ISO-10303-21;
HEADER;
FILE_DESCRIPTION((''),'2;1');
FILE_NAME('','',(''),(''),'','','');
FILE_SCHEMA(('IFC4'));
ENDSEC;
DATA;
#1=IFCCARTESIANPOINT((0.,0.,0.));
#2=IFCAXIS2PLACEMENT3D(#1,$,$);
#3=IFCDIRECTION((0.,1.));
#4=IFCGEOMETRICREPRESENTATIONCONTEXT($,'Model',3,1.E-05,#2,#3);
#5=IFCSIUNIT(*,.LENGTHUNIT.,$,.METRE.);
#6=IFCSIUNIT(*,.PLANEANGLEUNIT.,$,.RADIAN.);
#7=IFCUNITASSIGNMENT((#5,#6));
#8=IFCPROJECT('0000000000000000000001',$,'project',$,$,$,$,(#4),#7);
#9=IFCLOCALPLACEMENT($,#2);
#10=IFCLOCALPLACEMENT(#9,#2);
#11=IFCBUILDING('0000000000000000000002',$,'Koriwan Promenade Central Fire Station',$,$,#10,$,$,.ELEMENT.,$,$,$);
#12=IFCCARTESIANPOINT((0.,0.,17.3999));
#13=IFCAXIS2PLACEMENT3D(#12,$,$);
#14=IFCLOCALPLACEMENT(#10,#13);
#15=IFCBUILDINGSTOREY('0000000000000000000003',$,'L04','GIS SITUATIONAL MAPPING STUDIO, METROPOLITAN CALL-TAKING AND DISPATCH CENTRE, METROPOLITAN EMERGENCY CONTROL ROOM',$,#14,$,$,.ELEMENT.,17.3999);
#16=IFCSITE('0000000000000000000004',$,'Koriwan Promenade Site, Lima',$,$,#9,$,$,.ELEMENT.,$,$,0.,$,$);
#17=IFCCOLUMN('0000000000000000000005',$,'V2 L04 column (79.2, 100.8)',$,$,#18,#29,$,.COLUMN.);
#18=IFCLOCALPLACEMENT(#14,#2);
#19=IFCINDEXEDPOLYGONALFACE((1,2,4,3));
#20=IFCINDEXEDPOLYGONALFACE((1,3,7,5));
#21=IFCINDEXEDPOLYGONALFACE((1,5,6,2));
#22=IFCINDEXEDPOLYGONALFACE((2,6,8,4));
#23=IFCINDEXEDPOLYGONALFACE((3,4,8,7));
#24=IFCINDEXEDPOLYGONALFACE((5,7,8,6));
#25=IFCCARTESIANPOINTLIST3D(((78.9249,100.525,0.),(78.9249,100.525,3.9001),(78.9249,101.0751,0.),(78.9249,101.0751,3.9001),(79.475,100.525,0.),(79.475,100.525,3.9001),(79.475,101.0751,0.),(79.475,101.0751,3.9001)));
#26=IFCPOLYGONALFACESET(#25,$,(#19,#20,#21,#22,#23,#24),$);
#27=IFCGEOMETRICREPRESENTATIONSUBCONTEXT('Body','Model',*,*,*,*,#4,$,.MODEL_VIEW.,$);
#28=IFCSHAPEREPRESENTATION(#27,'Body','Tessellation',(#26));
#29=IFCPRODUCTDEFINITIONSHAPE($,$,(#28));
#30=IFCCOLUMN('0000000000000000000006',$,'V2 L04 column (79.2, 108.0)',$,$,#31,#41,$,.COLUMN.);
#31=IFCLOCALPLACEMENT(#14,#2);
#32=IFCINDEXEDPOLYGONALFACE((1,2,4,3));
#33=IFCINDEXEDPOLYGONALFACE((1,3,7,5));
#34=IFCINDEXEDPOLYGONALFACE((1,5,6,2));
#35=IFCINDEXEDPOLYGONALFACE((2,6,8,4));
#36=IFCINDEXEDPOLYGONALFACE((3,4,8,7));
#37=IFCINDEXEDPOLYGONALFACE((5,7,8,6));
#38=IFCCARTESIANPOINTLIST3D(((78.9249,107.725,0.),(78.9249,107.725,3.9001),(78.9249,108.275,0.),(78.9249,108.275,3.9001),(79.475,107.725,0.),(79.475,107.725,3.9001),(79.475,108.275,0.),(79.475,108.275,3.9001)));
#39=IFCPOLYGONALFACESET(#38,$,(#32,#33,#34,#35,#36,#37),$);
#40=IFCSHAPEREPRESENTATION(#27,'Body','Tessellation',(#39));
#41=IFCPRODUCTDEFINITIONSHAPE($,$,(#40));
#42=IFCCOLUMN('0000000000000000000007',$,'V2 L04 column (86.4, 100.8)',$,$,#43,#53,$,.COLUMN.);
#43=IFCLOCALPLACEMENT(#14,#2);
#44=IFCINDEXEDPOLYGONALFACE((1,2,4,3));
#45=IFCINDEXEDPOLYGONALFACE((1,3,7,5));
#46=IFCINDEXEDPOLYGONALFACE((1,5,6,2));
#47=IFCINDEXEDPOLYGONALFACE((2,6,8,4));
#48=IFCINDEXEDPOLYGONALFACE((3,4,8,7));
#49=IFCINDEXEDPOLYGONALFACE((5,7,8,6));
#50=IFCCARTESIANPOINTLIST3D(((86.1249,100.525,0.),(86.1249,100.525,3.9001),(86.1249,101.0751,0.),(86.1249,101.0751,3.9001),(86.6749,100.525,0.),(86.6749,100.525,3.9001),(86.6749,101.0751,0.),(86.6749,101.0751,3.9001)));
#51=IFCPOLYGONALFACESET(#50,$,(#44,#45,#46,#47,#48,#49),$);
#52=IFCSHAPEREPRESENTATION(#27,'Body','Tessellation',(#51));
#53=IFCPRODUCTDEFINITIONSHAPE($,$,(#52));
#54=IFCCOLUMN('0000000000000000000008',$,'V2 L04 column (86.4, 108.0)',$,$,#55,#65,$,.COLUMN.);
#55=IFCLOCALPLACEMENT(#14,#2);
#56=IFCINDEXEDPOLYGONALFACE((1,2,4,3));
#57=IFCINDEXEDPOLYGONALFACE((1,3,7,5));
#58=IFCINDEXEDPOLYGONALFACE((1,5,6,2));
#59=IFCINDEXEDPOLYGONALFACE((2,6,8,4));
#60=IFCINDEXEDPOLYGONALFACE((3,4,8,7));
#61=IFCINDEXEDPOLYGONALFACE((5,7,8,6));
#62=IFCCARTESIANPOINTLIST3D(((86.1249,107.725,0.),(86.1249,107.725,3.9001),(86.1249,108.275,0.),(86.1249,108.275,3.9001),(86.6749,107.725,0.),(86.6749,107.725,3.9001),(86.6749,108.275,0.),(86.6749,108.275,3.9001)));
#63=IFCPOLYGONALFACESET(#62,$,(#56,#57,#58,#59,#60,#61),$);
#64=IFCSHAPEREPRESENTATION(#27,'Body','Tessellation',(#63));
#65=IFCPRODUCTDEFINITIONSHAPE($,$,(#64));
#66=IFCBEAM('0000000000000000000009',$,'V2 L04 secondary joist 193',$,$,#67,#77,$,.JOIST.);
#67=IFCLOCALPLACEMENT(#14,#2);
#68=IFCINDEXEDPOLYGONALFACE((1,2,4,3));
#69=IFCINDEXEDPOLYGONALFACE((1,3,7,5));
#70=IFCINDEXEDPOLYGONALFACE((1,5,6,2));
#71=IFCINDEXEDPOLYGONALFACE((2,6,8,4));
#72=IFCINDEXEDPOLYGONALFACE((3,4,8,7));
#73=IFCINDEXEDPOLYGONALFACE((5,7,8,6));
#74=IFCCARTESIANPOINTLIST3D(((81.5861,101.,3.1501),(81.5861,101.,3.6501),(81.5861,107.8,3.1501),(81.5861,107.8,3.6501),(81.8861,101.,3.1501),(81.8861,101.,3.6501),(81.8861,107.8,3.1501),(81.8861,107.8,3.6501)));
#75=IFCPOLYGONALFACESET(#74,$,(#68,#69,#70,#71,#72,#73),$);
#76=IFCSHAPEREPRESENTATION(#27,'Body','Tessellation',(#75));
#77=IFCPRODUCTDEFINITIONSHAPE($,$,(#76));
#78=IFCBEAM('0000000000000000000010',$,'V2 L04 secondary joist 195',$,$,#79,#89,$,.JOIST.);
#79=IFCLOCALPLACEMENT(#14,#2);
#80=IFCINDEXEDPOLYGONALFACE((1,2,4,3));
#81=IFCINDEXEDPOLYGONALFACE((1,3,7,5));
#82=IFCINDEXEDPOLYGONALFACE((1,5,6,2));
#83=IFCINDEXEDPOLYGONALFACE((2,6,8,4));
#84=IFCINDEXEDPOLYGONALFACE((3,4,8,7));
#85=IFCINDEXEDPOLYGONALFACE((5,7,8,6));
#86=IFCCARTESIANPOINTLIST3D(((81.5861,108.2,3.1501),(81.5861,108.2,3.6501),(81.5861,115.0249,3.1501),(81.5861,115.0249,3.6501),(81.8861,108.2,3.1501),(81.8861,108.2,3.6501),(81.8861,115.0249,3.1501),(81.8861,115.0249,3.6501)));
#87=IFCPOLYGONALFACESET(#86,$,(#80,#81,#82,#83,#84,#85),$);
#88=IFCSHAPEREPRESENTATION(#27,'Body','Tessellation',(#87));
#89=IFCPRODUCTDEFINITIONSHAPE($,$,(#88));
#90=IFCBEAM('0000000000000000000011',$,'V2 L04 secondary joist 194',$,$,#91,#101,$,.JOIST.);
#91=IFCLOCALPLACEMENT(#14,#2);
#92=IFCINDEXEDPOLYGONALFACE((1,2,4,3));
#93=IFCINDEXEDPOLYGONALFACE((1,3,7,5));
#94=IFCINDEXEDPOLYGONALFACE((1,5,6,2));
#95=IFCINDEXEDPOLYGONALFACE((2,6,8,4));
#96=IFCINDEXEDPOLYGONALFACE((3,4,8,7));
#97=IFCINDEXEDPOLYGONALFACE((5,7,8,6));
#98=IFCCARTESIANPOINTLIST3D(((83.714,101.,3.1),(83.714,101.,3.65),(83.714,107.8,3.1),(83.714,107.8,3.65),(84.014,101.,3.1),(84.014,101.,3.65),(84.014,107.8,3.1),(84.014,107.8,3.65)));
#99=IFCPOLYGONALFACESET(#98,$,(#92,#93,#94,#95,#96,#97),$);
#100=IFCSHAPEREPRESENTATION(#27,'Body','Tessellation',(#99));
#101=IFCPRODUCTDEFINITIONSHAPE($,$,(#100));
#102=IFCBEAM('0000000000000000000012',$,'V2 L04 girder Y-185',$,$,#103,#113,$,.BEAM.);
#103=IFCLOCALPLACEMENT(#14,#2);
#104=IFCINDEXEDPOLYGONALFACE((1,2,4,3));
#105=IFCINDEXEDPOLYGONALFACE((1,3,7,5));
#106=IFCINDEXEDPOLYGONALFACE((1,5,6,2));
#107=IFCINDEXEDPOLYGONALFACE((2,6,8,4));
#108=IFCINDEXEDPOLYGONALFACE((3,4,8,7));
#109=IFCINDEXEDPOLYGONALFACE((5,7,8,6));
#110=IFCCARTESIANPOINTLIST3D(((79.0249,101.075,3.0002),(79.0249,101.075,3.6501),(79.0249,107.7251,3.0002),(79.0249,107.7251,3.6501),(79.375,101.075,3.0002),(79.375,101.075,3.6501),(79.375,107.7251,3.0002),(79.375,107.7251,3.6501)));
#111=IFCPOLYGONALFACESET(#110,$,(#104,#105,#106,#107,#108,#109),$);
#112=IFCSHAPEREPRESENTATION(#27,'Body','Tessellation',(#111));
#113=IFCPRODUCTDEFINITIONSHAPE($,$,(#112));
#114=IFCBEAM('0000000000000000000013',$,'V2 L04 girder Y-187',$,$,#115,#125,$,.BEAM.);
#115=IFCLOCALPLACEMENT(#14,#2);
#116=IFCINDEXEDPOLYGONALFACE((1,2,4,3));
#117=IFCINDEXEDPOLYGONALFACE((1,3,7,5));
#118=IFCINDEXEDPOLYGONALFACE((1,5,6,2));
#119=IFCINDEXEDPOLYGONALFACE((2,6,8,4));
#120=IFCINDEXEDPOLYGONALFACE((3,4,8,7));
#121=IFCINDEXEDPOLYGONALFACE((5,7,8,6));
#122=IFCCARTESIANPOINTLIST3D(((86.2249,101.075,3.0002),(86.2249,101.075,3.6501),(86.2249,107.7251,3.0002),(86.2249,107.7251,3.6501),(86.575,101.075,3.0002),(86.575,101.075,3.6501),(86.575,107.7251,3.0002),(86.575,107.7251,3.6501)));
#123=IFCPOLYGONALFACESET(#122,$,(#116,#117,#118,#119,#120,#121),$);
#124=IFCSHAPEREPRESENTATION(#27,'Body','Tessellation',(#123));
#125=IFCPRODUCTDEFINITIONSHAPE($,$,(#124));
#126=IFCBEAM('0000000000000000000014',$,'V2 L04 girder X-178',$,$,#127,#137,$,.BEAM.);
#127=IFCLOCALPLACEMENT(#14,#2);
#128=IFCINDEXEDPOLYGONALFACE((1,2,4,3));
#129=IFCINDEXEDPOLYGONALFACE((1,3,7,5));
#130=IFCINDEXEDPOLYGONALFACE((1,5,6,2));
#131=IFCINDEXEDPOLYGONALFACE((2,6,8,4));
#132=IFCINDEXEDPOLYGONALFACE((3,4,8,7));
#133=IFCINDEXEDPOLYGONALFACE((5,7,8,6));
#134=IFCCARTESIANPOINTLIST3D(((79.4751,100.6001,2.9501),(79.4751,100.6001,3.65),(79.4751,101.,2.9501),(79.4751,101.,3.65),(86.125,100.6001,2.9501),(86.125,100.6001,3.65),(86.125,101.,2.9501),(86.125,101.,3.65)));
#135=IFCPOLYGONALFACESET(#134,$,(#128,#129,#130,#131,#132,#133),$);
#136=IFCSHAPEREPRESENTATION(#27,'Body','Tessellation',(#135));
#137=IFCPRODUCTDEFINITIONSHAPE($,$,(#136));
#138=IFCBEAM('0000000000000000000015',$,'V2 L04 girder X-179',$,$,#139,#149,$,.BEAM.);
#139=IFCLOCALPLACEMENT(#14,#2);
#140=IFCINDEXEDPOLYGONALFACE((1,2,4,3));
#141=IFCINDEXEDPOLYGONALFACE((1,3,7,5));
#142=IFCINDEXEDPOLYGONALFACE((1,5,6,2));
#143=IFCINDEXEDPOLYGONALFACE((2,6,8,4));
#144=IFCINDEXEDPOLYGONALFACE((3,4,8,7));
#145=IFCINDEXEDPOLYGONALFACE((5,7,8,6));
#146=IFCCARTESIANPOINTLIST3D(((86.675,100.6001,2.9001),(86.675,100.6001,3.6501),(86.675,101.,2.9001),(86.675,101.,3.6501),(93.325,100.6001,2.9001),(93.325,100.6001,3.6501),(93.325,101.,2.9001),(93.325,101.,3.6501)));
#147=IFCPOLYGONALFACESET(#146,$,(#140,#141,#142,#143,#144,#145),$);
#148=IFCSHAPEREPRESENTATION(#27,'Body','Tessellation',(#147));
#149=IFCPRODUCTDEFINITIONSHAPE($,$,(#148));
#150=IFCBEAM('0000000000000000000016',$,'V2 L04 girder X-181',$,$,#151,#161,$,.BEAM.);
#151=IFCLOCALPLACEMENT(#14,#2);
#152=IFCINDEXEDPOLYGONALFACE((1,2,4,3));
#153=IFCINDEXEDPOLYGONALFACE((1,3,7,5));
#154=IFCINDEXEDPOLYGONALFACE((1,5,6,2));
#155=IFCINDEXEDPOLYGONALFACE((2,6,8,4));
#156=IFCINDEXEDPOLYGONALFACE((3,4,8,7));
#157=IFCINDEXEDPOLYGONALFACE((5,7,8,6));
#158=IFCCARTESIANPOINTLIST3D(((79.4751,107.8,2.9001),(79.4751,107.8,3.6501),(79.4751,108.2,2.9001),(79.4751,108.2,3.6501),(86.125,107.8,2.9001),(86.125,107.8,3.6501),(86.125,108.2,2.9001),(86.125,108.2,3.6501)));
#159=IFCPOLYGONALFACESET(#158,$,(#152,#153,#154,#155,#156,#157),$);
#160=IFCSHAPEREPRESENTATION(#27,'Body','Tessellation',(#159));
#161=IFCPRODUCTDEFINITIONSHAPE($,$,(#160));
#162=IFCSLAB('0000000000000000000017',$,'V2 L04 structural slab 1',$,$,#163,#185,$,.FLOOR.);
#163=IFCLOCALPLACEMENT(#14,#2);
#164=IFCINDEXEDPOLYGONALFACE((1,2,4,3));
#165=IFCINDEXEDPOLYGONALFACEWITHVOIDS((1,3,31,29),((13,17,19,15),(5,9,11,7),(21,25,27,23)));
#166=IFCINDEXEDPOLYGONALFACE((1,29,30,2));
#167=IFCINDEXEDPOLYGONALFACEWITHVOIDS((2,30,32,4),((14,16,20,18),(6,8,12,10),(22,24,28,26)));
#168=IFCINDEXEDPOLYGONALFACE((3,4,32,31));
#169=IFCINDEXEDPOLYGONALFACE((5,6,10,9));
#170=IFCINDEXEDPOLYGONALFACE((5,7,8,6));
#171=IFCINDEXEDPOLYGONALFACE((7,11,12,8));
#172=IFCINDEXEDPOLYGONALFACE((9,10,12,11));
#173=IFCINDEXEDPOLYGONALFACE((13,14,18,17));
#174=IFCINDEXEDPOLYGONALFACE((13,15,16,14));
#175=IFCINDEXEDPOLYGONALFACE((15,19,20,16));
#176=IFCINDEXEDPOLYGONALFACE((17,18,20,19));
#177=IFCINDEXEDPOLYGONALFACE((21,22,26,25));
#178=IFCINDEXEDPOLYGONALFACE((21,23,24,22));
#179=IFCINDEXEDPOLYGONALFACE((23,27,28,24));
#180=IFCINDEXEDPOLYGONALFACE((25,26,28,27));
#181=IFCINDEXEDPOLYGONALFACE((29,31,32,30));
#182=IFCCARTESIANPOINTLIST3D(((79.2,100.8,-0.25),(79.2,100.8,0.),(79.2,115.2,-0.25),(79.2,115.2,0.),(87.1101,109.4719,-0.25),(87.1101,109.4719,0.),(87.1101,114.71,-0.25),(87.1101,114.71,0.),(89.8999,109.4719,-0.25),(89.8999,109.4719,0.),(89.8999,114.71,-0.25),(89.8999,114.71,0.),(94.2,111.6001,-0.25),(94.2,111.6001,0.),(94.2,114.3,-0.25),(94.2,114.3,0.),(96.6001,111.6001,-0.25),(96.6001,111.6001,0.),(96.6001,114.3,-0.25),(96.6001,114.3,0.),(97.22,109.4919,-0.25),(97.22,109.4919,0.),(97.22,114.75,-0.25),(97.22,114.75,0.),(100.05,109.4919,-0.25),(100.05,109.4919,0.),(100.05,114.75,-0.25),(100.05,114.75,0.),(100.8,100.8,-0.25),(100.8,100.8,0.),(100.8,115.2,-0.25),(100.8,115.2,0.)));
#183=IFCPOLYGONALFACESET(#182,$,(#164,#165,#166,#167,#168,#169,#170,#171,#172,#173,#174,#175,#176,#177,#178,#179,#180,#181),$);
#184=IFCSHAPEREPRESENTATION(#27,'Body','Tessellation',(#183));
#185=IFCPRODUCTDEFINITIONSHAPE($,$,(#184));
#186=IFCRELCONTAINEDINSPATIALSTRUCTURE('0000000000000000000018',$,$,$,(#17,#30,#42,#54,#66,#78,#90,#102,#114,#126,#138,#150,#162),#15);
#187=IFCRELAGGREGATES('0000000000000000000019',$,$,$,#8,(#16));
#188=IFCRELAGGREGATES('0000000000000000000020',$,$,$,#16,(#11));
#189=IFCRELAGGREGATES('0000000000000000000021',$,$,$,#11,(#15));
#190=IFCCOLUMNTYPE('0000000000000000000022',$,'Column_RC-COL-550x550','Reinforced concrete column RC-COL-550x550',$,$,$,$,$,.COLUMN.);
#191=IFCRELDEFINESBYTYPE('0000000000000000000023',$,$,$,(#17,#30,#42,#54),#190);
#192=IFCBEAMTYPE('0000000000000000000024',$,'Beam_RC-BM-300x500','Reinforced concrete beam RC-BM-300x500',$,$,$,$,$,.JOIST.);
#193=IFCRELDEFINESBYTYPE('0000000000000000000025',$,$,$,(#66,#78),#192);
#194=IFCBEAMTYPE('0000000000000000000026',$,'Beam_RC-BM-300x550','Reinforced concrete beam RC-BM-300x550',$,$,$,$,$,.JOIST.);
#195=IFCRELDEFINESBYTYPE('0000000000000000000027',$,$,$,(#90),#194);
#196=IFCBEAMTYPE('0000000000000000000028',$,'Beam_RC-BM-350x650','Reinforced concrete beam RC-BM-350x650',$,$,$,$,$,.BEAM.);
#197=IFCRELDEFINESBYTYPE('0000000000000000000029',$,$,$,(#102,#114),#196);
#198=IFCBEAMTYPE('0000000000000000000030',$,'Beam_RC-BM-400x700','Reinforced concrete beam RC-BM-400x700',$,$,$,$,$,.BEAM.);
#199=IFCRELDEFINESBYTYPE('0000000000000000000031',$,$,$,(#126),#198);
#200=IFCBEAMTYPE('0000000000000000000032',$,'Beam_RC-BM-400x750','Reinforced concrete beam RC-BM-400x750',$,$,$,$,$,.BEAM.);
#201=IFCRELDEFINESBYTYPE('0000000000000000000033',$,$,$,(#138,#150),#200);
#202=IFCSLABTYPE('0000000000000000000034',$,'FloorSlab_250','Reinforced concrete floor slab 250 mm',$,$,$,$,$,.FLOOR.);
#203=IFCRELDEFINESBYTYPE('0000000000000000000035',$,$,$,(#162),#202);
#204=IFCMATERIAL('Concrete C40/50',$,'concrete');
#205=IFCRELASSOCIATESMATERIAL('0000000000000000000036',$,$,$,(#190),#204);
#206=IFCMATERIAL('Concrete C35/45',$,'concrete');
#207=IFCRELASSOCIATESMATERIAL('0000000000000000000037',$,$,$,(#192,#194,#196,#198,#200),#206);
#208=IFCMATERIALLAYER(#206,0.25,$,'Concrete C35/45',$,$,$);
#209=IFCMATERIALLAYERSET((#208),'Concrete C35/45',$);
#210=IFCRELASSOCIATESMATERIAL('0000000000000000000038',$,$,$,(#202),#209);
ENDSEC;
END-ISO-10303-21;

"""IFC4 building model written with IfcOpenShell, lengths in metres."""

from ifc_helpers import new_model, si_unit, direction, frame, origin, origin_2d, place, context, subcontext, project, spatial, polyline, rectangle, outline, extrude, material, layer, layer_set, material_profile, profile_set, type_object, element, save


model = new_model("IFC4")

# Units and contexts
model_context = context("Model", 3, precision=1e-05, world=origin(), true_north=direction((0.0, 1.0)))
body_context = subcontext(model_context, "Body", "Model", "MODEL_VIEW")
ifc_project = project(units=[si_unit("LENGTHUNIT", "METRE"), si_unit("PLANEANGLEUNIT", "RADIAN")], contexts=[model_context])

# Site, building, storey
site_placement = place(None, origin())
site = spatial("IfcSite", under=ifc_project, at=site_placement, Name="Koriwan Promenade Site, Lima", CompositionType="ELEMENT", RefElevation=0.0)
building_placement = place(site_placement, origin())
building = spatial("IfcBuilding", under=site, at=building_placement, Name="Koriwan Promenade Central Fire Station", CompositionType="ELEMENT")
storey_placement = place(building_placement, frame((0.0, 0.0, 17.3999)))
storey = spatial("IfcBuildingStorey", under=building, at=storey_placement, Name="L04", Description="GIS SITUATIONAL MAPPING STUDIO, METROPOLITAN CALL-TAKING AND DISPATCH CENTRE, METROPOLITAN EMERGENCY CONTROL ROOM", CompositionType="ELEMENT", Elevation=17.3999)

# Columns
ifc_material_1 = material(Name="Concrete C40/50", Category="concrete")
ifc_material_profile_1 = material_profile(ifc_material_1, rectangle(XDim=0.55, YDim=0.55, at=origin_2d()), Name="RC-COL-550x550")
ifc_profile_set_1 = profile_set([ifc_material_profile_1], Name="Concrete C40/50")
column_type = type_object("IfcColumnType", Name="Column_RC-COL-550x550", Description="Reinforced concrete column RC-COL-550x550", PredefinedType="COLUMN", material=ifc_profile_set_1)
for number, where, z_axis, x_axis, name in (
    (1, (79.2, 100.8, 0.0), (0.0, 0.0, 1.0), (1.0, 0.0, 0.0), "V2 L04 column (79.2, 100.8)"),
    (2, (79.2, 108.0, 0.0), (0.0, 0.0, 1.0), (1.0, 0.0, 0.0), "V2 L04 column (79.2, 108.0)"),
    (3, (86.3999, 100.8, 0.0), (0.0, 0.0, 1.0), (1.0, 0.0, 0.0), "V2 L04 column (86.4, 100.8)"),
    (4, (86.3999, 108.0, 0.0), (0.0, 0.0, 1.0), (1.0, 0.0, 0.0), "V2 L04 column (86.4, 108.0)"),
):
    element("IfcColumn", number, at=place(storey_placement, frame(where, z_axis=z_axis, x_axis=x_axis)), inside=storey, type_object=column_type, Name=name, PredefinedType="COLUMN", context=body_context, shape_type="SweptSolid", body=[
        extrude(rectangle(XDim=0.55, YDim=0.55, at=origin_2d()), origin(), (0.0, 0.0, 1.0), 3.9001),
    ])

# Beams
ifc_material_2 = material(Name="Concrete C35/45", Category="concrete")
ifc_material_profile_2 = material_profile(ifc_material_2, rectangle(XDim=0.3, YDim=0.5, at=origin_2d()), Name="RC-BM-300x500")
ifc_profile_set_2 = profile_set([ifc_material_profile_2], Name="Concrete C35/45")
beam_type_1 = type_object("IfcBeamType", Name="Beam_RC-BM-300x500", Description="Reinforced concrete beam RC-BM-300x500", PredefinedType="JOIST", material=ifc_profile_set_2)
beam_1_placement = place(storey_placement, frame((81.7361, 101.0, 3.4001), z_axis=(0.0, 1.0, 0.0), x_axis=(-1.0, 0.0, 0.0)))
element("IfcBeam", 5, at=beam_1_placement, inside=storey, type_object=beam_type_1, Name="V2 L04 secondary joist 193", PredefinedType="JOIST", context=body_context, shape_type="SweptSolid", body=[
    extrude(rectangle(XDim=0.3, YDim=0.5, at=origin_2d()), origin(), (0.0, 0.0, 1.0), 6.8),
])
beam_2_placement = place(storey_placement, frame((81.7361, 108.2, 3.4001), z_axis=(0.0, 1.0, 0.0), x_axis=(-1.0, 0.0, 0.0)))
element("IfcBeam", 6, at=beam_2_placement, inside=storey, type_object=beam_type_1, Name="V2 L04 secondary joist 195", PredefinedType="JOIST", context=body_context, shape_type="SweptSolid", body=[
    extrude(rectangle(XDim=0.3, YDim=0.5, at=origin_2d()), origin(), (0.0, 0.0, 1.0), 6.825),
])
ifc_material_profile_3 = material_profile(ifc_material_2, rectangle(XDim=0.3, YDim=0.55, at=origin_2d()), Name="RC-BM-300x550")
ifc_profile_set_3 = profile_set([ifc_material_profile_3], Name="Concrete C35/45")
beam_type_2 = type_object("IfcBeamType", Name="Beam_RC-BM-300x550", Description="Reinforced concrete beam RC-BM-300x550", PredefinedType="JOIST", material=ifc_profile_set_3)
beam_3_placement = place(storey_placement, frame((83.864, 101.0, 3.375), z_axis=(0.0, 1.0, 0.0), x_axis=(-1.0, 0.0, 0.0)))
element("IfcBeam", 7, at=beam_3_placement, inside=storey, type_object=beam_type_2, Name="V2 L04 secondary joist 194", PredefinedType="JOIST", context=body_context, shape_type="SweptSolid", body=[
    extrude(rectangle(XDim=0.3, YDim=0.55, at=origin_2d()), origin(), (0.0, 0.0, 1.0), 6.8),
])
ifc_material_profile_4 = material_profile(ifc_material_2, rectangle(XDim=0.3501, YDim=0.6499, at=origin_2d()), Name="RC-BM-350x650")
ifc_profile_set_4 = profile_set([ifc_material_profile_4], Name="Concrete C35/45")
beam_type_3 = type_object("IfcBeamType", Name="Beam_RC-BM-350x650", Description="Reinforced concrete beam RC-BM-350x650", PredefinedType="BEAM", material=ifc_profile_set_4)
for number, where, z_axis, x_axis, name in (
    (8, (79.2, 101.075, 3.3252), (0.0, 1.0, 0.0), (-1.0, 0.0, 0.0), "V2 L04 girder Y-185"),
    (9, (86.3999, 101.075, 3.3252), (0.0, 1.0, 0.0), (-1.0, 0.0, 0.0), "V2 L04 girder Y-187"),
):
    element("IfcBeam", number, at=place(storey_placement, frame(where, z_axis=z_axis, x_axis=x_axis)), inside=storey, type_object=beam_type_3, Name=name, PredefinedType="BEAM", context=body_context, shape_type="SweptSolid", body=[
        extrude(rectangle(XDim=0.3501, YDim=0.6499, at=origin_2d()), origin(), (0.0, 0.0, 1.0), 6.6501),
    ])
ifc_material_profile_5 = material_profile(ifc_material_2, rectangle(XDim=0.3999, YDim=0.7, at=origin_2d()), Name="RC-BM-400x700")
ifc_profile_set_5 = profile_set([ifc_material_profile_5], Name="Concrete C35/45")
beam_type_4 = type_object("IfcBeamType", Name="Beam_RC-BM-400x700", Description="Reinforced concrete beam RC-BM-400x700", PredefinedType="BEAM", material=ifc_profile_set_5)
beam_4_placement = place(storey_placement, frame((79.4751, 100.8, 3.3), z_axis=(1.0, 0.0, 0.0), x_axis=(0.0, 1.0, 0.0)))
element("IfcBeam", 10, at=beam_4_placement, inside=storey, type_object=beam_type_4, Name="V2 L04 girder X-178", PredefinedType="BEAM", context=body_context, shape_type="SweptSolid", body=[
    extrude(rectangle(XDim=0.3999, YDim=0.7, at=origin_2d()), origin(), (0.0, 0.0, 1.0), 6.6499),
])
ifc_material_profile_6 = material_profile(ifc_material_2, rectangle(XDim=0.3999, YDim=0.75, at=origin_2d()), Name="RC-BM-400x750")
ifc_profile_set_6 = profile_set([ifc_material_profile_6], Name="Concrete C35/45")
beam_type_5 = type_object("IfcBeamType", Name="Beam_RC-BM-400x750", Description="Reinforced concrete beam RC-BM-400x750", PredefinedType="BEAM", material=ifc_profile_set_6)
for number, where, z_axis, x_axis, name in (
    (11, (86.675, 100.8, 3.2751), (1.0, 0.0, 0.0), (0.0, 1.0, 0.0), "V2 L04 girder X-179"),
    (12, (79.4751, 108.0, 3.2751), (1.0, 0.0, 0.0), (0.0, 1.0, 0.0), "V2 L04 girder X-181"),
):
    element("IfcBeam", number, at=place(storey_placement, frame(where, z_axis=z_axis, x_axis=x_axis)), inside=storey, type_object=beam_type_5, Name=name, PredefinedType="BEAM", context=body_context, shape_type="SweptSolid", body=[
        extrude(rectangle(XDim=0.3999, YDim=0.75, at=origin_2d()), origin(), (0.0, 0.0, 1.0), 6.6499),
    ])

# Slab
ifc_layer_1 = layer(ifc_material_2, 0.25, Name="Concrete C35/45")
ifc_layer_set_1 = layer_set([ifc_layer_1], Name="Concrete C35/45")
slab_type_1 = type_object("IfcSlabType", Name="FloorSlab_250", Description="Reinforced concrete floor slab 250 mm", PredefinedType="FLOOR", material=ifc_layer_set_1)
slab_1_placement = place(storey_placement, frame((0.0, 0.0, -0.25)))
element("IfcSlab", 13, at=slab_1_placement, inside=storey, type_object=slab_type_1, Name="V2 L04 structural slab 1", PredefinedType="FLOOR", context=body_context, shape_type="SweptSolid", body=[
    extrude(outline(polyline([(100.8, 115.2), (100.8, 100.8), (79.2, 100.8), (79.2, 115.2), (100.8, 115.2)]), holes=[polyline([(97.22, 109.4919), (100.05, 109.4919), (100.05, 114.75), (97.22, 114.75), (97.22, 109.4919)]), polyline([(87.1101, 114.71), (87.1101, 109.4719), (89.8999, 109.4719), (89.8999, 114.71), (87.1101, 114.71)]), polyline([(94.2, 114.3), (94.2, 111.6001), (96.6001, 111.6001), (96.6001, 114.3), (94.2, 114.3)])]), origin(), (0.0, 0.0, 1.0), 0.25),
])

save(model, "model.ifc")
